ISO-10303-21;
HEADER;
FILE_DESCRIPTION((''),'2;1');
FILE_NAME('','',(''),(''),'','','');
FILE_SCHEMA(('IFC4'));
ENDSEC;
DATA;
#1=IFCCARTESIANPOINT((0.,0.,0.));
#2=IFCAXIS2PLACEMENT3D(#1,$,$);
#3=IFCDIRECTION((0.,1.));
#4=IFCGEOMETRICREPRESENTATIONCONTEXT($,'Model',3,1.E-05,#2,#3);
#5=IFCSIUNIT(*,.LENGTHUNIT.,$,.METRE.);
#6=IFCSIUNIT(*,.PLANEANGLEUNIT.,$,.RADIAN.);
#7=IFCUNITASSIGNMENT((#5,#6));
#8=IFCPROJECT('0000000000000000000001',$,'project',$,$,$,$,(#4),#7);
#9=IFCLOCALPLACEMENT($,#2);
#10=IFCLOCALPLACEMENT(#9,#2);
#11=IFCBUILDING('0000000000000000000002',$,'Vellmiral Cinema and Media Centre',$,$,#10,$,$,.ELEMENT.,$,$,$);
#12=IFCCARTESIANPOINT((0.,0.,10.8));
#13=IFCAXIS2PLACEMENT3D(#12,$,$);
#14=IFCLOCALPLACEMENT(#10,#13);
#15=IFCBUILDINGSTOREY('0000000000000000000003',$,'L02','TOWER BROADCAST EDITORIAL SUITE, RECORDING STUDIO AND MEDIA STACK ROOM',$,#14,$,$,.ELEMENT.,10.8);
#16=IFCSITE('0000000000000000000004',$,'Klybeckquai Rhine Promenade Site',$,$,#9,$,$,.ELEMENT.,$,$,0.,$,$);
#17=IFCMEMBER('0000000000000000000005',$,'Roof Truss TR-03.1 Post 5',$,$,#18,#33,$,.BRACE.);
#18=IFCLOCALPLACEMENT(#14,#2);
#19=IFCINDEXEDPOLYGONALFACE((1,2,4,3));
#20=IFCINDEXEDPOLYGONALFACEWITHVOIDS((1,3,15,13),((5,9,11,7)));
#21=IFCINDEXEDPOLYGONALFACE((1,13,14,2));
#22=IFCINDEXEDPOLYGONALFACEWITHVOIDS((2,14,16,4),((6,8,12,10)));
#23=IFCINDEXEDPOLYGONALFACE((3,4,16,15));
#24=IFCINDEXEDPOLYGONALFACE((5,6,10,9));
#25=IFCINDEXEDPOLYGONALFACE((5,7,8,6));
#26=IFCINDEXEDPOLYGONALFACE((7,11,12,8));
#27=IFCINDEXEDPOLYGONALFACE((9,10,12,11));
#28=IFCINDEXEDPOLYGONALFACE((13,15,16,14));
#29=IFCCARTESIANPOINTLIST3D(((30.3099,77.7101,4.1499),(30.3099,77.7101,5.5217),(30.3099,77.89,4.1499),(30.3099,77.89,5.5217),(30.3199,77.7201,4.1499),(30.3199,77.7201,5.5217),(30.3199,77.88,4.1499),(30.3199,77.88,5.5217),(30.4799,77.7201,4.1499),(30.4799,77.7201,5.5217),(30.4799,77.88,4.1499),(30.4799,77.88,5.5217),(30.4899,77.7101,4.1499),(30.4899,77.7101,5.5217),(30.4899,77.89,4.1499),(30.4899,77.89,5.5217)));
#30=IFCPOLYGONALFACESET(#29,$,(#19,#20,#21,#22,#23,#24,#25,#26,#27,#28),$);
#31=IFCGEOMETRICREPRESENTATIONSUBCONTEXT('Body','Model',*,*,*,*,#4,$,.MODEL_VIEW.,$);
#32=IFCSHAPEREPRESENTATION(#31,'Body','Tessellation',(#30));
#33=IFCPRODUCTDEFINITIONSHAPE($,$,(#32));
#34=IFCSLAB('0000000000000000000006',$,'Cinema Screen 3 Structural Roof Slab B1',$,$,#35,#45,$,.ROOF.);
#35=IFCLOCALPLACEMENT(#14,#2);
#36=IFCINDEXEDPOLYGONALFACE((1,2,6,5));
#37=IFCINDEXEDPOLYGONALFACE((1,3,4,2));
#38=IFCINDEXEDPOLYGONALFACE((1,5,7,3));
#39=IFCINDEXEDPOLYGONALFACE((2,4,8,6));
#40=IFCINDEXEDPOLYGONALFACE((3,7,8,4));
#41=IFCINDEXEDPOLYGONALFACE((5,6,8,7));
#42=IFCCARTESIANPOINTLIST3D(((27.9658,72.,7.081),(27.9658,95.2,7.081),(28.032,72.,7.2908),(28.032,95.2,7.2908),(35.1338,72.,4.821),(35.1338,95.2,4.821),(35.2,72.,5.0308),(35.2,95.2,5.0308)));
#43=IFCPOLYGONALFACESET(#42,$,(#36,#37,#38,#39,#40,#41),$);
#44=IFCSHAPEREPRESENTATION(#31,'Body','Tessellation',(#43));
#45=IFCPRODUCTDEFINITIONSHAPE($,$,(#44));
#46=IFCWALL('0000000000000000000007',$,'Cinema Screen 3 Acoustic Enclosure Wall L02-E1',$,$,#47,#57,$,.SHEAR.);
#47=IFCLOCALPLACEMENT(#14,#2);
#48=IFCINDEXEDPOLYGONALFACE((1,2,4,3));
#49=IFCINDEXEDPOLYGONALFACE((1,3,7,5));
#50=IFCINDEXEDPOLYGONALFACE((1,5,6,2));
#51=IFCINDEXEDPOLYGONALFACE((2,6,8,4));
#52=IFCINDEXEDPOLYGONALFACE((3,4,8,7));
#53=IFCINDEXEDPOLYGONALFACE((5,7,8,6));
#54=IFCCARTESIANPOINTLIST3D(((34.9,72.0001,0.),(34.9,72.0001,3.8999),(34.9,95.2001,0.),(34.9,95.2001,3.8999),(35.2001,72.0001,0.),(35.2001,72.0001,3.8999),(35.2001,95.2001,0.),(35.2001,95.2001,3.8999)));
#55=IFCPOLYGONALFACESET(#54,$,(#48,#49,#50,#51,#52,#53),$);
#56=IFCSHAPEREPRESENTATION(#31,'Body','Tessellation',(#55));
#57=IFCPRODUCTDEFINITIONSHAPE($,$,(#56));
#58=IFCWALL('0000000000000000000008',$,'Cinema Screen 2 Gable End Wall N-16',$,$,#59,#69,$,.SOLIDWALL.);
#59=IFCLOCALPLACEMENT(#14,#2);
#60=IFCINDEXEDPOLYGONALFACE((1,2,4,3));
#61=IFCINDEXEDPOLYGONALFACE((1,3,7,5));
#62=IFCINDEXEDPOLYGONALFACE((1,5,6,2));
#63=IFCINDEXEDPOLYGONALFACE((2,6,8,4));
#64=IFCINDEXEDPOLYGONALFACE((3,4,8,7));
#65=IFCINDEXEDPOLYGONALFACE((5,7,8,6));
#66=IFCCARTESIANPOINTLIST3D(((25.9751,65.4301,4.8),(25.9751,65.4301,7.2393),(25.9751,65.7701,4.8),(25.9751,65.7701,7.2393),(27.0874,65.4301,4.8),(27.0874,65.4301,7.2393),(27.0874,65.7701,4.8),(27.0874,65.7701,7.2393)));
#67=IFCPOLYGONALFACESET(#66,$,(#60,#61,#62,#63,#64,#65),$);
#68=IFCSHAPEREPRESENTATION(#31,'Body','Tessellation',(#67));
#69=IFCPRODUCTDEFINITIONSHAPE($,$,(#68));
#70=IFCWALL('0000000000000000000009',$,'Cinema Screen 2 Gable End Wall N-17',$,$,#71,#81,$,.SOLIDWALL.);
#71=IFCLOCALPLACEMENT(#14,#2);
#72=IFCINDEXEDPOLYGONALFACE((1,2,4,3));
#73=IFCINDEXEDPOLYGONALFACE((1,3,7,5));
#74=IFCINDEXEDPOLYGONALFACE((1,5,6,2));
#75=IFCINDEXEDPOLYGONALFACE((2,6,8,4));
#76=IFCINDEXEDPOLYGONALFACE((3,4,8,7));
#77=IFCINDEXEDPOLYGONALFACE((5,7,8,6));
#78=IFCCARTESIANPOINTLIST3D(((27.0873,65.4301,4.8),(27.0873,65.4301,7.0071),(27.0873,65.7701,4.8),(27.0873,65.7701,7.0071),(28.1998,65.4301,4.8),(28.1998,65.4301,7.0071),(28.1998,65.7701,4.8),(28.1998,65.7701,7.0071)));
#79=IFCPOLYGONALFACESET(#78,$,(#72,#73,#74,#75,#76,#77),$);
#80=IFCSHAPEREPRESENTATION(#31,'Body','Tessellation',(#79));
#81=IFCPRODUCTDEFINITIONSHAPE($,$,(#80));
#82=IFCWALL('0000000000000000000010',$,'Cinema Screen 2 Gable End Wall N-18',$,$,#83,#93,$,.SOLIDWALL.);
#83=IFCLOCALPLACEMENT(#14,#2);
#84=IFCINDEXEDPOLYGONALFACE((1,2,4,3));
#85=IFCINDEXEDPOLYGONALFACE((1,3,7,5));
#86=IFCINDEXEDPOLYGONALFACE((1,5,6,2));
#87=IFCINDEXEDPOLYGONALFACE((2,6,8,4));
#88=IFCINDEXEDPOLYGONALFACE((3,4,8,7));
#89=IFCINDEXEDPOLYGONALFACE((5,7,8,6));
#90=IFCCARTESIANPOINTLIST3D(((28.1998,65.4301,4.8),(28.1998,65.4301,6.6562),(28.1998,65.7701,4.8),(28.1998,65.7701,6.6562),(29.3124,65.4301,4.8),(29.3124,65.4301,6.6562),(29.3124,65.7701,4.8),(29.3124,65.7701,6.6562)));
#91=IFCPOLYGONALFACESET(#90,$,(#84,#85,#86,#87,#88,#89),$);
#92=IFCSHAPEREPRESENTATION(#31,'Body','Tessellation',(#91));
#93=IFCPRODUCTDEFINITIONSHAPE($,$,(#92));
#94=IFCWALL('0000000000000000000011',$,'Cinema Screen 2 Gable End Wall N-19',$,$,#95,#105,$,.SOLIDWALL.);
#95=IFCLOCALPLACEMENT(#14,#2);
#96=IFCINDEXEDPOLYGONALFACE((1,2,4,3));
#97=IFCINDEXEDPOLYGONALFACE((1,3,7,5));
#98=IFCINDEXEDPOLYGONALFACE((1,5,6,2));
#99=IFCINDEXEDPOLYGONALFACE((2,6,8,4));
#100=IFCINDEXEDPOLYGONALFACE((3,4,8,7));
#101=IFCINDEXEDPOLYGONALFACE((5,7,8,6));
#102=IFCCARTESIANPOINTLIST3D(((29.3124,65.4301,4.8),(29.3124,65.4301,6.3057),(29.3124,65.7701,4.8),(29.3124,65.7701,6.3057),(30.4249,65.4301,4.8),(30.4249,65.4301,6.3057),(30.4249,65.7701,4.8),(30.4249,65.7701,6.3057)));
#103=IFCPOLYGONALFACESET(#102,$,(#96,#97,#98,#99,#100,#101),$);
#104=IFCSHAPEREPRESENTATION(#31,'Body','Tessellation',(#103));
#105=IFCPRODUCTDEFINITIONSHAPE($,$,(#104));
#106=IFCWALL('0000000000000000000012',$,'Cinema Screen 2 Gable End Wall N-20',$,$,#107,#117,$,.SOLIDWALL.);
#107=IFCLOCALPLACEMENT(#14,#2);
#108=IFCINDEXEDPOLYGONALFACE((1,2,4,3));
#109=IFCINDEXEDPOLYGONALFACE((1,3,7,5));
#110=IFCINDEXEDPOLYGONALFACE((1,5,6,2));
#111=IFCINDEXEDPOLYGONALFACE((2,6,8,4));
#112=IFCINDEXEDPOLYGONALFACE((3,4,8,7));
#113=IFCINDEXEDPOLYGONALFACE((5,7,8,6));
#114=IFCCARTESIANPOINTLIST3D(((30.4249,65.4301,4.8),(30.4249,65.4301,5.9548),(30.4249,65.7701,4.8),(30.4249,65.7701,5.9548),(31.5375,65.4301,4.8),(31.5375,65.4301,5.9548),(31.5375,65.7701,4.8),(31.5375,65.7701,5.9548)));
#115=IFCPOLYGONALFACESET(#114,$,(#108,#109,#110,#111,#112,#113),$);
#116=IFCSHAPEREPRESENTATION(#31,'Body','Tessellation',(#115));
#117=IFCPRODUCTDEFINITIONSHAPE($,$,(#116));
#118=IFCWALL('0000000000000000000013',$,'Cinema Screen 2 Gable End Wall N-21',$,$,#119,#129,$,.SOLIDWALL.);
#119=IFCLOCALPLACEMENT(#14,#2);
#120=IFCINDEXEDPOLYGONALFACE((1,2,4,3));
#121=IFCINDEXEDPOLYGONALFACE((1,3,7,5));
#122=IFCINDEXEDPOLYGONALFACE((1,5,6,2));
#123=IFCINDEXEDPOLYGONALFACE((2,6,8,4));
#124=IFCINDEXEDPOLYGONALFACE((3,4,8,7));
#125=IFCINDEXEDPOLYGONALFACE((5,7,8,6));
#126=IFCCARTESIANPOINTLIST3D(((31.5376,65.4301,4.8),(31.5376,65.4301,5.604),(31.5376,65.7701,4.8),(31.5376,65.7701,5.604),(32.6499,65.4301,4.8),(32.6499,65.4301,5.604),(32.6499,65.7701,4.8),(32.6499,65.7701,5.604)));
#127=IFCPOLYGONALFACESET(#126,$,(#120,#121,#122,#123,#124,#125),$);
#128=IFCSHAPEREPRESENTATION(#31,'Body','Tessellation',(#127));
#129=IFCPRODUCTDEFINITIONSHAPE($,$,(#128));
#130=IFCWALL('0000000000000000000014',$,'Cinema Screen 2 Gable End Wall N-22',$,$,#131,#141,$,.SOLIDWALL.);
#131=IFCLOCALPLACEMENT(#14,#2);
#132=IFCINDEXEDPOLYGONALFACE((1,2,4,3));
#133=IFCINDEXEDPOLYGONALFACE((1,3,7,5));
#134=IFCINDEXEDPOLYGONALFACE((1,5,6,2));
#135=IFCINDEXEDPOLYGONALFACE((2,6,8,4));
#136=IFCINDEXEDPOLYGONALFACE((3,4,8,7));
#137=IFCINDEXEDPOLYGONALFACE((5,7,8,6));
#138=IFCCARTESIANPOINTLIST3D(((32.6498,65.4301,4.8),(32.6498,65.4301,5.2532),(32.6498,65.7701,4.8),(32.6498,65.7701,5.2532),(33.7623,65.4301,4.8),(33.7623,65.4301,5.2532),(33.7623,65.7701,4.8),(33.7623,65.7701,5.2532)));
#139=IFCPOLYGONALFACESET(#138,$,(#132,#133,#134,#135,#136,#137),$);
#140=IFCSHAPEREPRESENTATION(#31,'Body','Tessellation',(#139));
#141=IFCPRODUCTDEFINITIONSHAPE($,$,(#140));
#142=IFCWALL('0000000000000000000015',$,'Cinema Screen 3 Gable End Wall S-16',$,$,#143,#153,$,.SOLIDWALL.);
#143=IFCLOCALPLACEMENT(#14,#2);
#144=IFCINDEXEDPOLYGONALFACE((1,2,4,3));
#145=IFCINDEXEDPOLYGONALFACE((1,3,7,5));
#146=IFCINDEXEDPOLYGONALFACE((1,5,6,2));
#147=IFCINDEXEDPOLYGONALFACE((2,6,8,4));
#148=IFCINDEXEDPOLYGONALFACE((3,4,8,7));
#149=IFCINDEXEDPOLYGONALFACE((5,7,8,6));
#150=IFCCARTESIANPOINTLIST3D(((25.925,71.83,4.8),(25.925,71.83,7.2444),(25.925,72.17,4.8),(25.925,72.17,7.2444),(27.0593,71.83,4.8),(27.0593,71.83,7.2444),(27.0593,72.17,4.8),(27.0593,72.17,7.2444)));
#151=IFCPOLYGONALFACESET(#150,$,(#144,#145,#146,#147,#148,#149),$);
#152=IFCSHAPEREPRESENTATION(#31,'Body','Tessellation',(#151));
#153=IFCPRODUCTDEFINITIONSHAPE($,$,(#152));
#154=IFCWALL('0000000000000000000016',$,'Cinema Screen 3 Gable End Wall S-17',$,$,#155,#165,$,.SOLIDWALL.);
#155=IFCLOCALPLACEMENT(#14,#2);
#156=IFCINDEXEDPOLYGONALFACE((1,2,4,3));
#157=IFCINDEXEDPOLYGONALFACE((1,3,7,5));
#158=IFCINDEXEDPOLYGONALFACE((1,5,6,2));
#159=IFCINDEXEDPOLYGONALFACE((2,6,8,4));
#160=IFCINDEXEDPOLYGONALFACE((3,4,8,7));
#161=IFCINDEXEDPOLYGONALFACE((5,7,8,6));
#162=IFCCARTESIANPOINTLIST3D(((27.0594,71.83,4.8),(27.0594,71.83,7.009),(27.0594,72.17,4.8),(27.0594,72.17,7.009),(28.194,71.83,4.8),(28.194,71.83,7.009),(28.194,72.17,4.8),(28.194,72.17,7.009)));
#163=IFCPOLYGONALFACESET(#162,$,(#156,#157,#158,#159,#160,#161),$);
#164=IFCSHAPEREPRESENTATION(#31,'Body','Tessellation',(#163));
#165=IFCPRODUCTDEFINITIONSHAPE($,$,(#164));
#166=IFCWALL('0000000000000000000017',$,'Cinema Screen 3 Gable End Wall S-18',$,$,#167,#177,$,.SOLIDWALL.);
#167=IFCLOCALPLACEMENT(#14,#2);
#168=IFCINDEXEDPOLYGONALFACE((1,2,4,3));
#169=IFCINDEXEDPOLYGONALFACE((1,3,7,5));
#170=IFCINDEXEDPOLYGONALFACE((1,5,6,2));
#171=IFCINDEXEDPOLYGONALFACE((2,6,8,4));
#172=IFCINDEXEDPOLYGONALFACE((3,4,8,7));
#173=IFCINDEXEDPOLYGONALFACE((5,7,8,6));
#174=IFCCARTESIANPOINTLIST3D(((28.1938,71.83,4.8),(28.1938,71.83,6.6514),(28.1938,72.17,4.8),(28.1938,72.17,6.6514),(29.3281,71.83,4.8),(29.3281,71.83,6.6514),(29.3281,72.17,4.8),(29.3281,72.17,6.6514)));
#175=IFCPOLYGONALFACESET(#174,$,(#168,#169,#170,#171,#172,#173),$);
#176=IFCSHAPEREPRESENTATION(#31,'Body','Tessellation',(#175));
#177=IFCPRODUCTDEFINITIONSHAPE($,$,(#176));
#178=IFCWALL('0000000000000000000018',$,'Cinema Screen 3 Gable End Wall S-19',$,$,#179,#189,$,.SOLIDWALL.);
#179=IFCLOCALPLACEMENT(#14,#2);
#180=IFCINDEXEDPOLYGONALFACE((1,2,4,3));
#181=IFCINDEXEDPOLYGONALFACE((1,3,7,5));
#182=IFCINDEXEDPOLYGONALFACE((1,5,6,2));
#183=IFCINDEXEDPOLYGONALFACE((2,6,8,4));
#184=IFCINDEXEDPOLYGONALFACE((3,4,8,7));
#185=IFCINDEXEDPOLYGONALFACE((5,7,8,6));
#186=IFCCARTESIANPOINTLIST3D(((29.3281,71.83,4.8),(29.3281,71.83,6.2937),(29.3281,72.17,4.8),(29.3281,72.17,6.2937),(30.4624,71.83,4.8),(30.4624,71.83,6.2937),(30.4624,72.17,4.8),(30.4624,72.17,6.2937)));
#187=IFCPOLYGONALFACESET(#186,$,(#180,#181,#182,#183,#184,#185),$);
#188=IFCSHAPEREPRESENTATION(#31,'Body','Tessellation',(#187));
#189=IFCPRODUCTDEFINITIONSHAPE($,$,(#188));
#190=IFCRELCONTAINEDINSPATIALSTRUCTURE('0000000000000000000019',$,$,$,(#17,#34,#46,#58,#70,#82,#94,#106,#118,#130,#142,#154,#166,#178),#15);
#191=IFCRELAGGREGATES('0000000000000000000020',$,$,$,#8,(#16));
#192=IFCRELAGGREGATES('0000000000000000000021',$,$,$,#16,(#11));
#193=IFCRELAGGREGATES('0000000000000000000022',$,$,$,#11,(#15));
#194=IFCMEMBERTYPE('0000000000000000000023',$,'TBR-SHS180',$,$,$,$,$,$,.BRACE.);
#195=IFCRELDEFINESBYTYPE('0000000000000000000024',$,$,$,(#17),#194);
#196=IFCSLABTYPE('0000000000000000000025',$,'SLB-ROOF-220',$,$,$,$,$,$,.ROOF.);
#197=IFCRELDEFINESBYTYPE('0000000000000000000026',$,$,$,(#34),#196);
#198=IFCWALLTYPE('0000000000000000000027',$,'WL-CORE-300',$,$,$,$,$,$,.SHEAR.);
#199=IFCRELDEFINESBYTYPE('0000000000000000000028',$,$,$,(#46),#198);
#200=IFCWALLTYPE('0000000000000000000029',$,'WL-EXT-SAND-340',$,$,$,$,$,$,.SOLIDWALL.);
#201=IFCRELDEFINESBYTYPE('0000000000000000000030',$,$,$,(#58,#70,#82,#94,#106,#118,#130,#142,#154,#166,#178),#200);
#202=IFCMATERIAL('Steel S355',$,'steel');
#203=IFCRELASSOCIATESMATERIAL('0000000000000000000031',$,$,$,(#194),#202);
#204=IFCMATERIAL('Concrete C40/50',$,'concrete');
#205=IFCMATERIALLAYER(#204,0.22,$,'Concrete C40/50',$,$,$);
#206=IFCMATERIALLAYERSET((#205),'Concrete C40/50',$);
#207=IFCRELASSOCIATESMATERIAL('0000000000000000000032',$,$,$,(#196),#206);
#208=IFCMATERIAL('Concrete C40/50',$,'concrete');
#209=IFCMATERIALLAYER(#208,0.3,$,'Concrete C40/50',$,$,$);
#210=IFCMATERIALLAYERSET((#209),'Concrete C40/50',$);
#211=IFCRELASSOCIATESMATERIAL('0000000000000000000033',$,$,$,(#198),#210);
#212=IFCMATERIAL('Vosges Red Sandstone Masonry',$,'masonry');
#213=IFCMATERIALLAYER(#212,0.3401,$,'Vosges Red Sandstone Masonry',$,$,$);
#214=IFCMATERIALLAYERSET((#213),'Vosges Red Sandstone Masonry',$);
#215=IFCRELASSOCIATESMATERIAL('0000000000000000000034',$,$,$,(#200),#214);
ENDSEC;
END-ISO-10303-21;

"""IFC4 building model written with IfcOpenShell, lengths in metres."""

from ifc_helpers import new_model, si_unit, direction, frame, frame_2d, origin, origin_2d, place, context, subcontext, project, spatial, polyline, rectangle, hollow_rectangle, outline, extrude, material, layer, layer_set, material_profile, profile_set, type_object, element, save


model = new_model("IFC4")

# Units and contexts
model_context = context("Model", 3, precision=1e-05, world=origin(), true_north=direction((0.0, 1.0)))
body_context = subcontext(model_context, "Body", "Model", "MODEL_VIEW")
ifc_project = project(units=[si_unit("LENGTHUNIT", "METRE"), si_unit("PLANEANGLEUNIT", "RADIAN")], contexts=[model_context])

# Site, building, storey
site_placement = place(None, origin())
site = spatial("IfcSite", under=ifc_project, at=site_placement, Name="Klybeckquai Rhine Promenade Site", CompositionType="ELEMENT", RefElevation=0.0)
building_placement = place(site_placement, origin())
building = spatial("IfcBuilding", under=site, at=building_placement, Name="Vellmiral Cinema and Media Centre", CompositionType="ELEMENT")
storey_placement = place(building_placement, frame((0.0, 0.0, 10.8)))
storey = spatial("IfcBuildingStorey", under=building, at=storey_placement, Name="L02", Description="TOWER BROADCAST EDITORIAL SUITE, RECORDING STUDIO AND MEDIA STACK ROOM", CompositionType="ELEMENT", Elevation=10.8)

# Member
ifc_material_1 = material(Name="Steel S355", Category="steel")
ifc_material_profile_1 = material_profile(ifc_material_1, hollow_rectangle(XDim=0.1799, YDim=0.1799, WallThickness=0.01, at=origin_2d()), Name="SHS 180x180x10.0")
ifc_profile_set_1 = profile_set([ifc_material_profile_1], Name="Steel S355")
member_type_1 = type_object("IfcMemberType", Name="TBR-SHS180", PredefinedType="BRACE", material=ifc_profile_set_1)
member_1_placement = place(storey_placement, frame((30.3999, 77.8, 4.1499), z_axis=(0.0, 0.0, 1.0), x_axis=(1.0, 0.0, 0.0)))
element("IfcMember", 1, at=member_1_placement, inside=storey, type_object=member_type_1, Name="Roof Truss TR-03.1 Post 5", PredefinedType="BRACE", context=body_context, shape_type="SweptSolid", body=[
    extrude(hollow_rectangle(XDim=0.1799, YDim=0.1799, WallThickness=0.01, at=origin_2d()), origin(), (0.0, 0.0, 1.0), 1.3718),
])

# Slab
ifc_material_2 = material(Name="Concrete C40/50", Category="concrete")
ifc_layer_1 = layer(ifc_material_2, 0.22, Name="Concrete C40/50")
ifc_layer_set_1 = layer_set([ifc_layer_1], Name="Concrete C40/50")
slab_type = type_object("IfcSlabType", Name="SLB-ROOF-220", PredefinedType="ROOF", material=ifc_layer_set_1)
slab_placement = place(storey_placement, frame((28.032, 72.0, 7.2908), z_axis=(0.300701, 0.0, 0.953719), x_axis=(0.953719, 0.0, -0.300701)))
element("IfcSlab", 2, at=slab_placement, inside=storey, type_object=slab_type, Name="Cinema Screen 3 Structural Roof Slab B1", PredefinedType="ROOF", context=body_context, shape_type="SweptSolid", body=[
    extrude(outline(polyline([(0.0, 0.0), (7.5158, 0.0), (7.5158, 23.2), (0.0, 23.2), (0.0, 0.0)])), origin(), (0.0, 0.0, -1.0), 0.22),
])

# Walls
ifc_material_3 = material(Name="Concrete C40/50", Category="concrete")
ifc_layer_2 = layer(ifc_material_3, 0.3, Name="Concrete C40/50")
ifc_layer_set_2 = layer_set([ifc_layer_2], Name="Concrete C40/50")
wall_type_1 = type_object("IfcWallType", Name="WL-CORE-300", PredefinedType="SHEAR", material=ifc_layer_set_2)
wall_1_placement = place(storey_placement, frame((35.05, 72.0, 0.0), z_axis=(0.0, 0.0, 1.0), x_axis=(0.0, 1.0, 0.0)))
element("IfcWall", 3, at=wall_1_placement, inside=storey, type_object=wall_type_1, Name="Cinema Screen 3 Acoustic Enclosure Wall L02-E1", PredefinedType="SHEAR", context=body_context, shape_type="SweptSolid", body=[
    extrude(rectangle(XDim=23.2, YDim=0.3, at=frame_2d((11.6001, 0.0))), origin(), (0.0, 0.0, 1.0), 3.8999),
])
ifc_material_4 = material(Name="Vosges Red Sandstone Masonry", Category="masonry")
ifc_layer_3 = layer(ifc_material_4, 0.3401, Name="Vosges Red Sandstone Masonry")
ifc_layer_set_3 = layer_set([ifc_layer_3], Name="Vosges Red Sandstone Masonry")
wall_type_2 = type_object("IfcWallType", Name="WL-EXT-SAND-340", PredefinedType="SOLIDWALL", material=ifc_layer_set_3)
wall_2_placement = place(storey_placement, frame((25.9751, 65.6001, 4.8), z_axis=(0.0, 0.0, 1.0), x_axis=(1.0, 0.0, 0.0)))
element("IfcWall", 4, at=wall_2_placement, inside=storey, type_object=wall_type_2, Name="Cinema Screen 2 Gable End Wall N-16", PredefinedType="SOLIDWALL", context=body_context, shape_type="SweptSolid", body=[
    extrude(rectangle(XDim=1.1123, YDim=0.3401, at=frame_2d((0.5562, 0.0))), origin(), (0.0, 0.0, 1.0), 2.4392),
])
wall_3_placement = place(storey_placement, frame((27.0874, 65.6001, 4.8), z_axis=(0.0, 0.0, 1.0), x_axis=(1.0, 0.0, 0.0)))
element("IfcWall", 5, at=wall_3_placement, inside=storey, type_object=wall_type_2, Name="Cinema Screen 2 Gable End Wall N-17", PredefinedType="SOLIDWALL", context=body_context, shape_type="SweptSolid", body=[
    extrude(rectangle(XDim=1.1125, YDim=0.3401, at=frame_2d((0.5562, 0.0))), origin(), (0.0, 0.0, 1.0), 2.207),
])
wall_4_placement = place(storey_placement, frame((28.2, 65.6001, 4.8), z_axis=(0.0, 0.0, 1.0), x_axis=(1.0, 0.0, 0.0)))
element("IfcWall", 6, at=wall_4_placement, inside=storey, type_object=wall_type_2, Name="Cinema Screen 2 Gable End Wall N-18", PredefinedType="SOLIDWALL", context=body_context, shape_type="SweptSolid", body=[
    extrude(rectangle(XDim=1.1125, YDim=0.3401, at=frame_2d((0.5562, 0.0))), origin(), (0.0, 0.0, 1.0), 1.8562),
])
wall_5_placement = place(storey_placement, frame((29.3125, 65.6001, 4.8), z_axis=(0.0, 0.0, 1.0), x_axis=(1.0, 0.0, 0.0)))
element("IfcWall", 7, at=wall_5_placement, inside=storey, type_object=wall_type_2, Name="Cinema Screen 2 Gable End Wall N-19", PredefinedType="SOLIDWALL", context=body_context, shape_type="SweptSolid", body=[
    extrude(rectangle(XDim=1.1125, YDim=0.3401, at=frame_2d((0.5562, 0.0))), origin(), (0.0, 0.0, 1.0), 1.5056),
])
wall_6_placement = place(storey_placement, frame((30.425, 65.6001, 4.8), z_axis=(0.0, 0.0, 1.0), x_axis=(1.0, 0.0, 0.0)))
element("IfcWall", 8, at=wall_6_placement, inside=storey, type_object=wall_type_2, Name="Cinema Screen 2 Gable End Wall N-20", PredefinedType="SOLIDWALL", context=body_context, shape_type="SweptSolid", body=[
    extrude(rectangle(XDim=1.1125, YDim=0.3401, at=frame_2d((0.5562, 0.0))), origin(), (0.0, 0.0, 1.0), 1.1548),
])
wall_7_placement = place(storey_placement, frame((31.5376, 65.6001, 4.8), z_axis=(0.0, 0.0, 1.0), x_axis=(1.0, 0.0, 0.0)))
element("IfcWall", 9, at=wall_7_placement, inside=storey, type_object=wall_type_2, Name="Cinema Screen 2 Gable End Wall N-21", PredefinedType="SOLIDWALL", context=body_context, shape_type="SweptSolid", body=[
    extrude(rectangle(XDim=1.1123, YDim=0.3401, at=frame_2d((0.5562, 0.0))), origin(), (0.0, 0.0, 1.0), 0.804),
])
wall_8_placement = place(storey_placement, frame((32.6499, 65.6001, 4.8), z_axis=(0.0, 0.0, 1.0), x_axis=(1.0, 0.0, 0.0)))
element("IfcWall", 10, at=wall_8_placement, inside=storey, type_object=wall_type_2, Name="Cinema Screen 2 Gable End Wall N-22", PredefinedType="SOLIDWALL", context=body_context, shape_type="SweptSolid", body=[
    extrude(rectangle(XDim=1.1125, YDim=0.3401, at=frame_2d((0.5562, 0.0))), origin(), (0.0, 0.0, 1.0), 0.4531),
])
wall_9_placement = place(storey_placement, frame((25.925, 72.0, 4.8), z_axis=(0.0, 0.0, 1.0), x_axis=(1.0, 0.0, 0.0)))
element("IfcWall", 11, at=wall_9_placement, inside=storey, type_object=wall_type_2, Name="Cinema Screen 3 Gable End Wall S-16", PredefinedType="SOLIDWALL", context=body_context, shape_type="SweptSolid", body=[
    extrude(rectangle(XDim=1.1343, YDim=0.3401, at=frame_2d((0.5671, 0.0))), origin(), (0.0, 0.0, 1.0), 2.4443),
])
wall_10_placement = place(storey_placement, frame((27.0593, 72.0, 4.8), z_axis=(0.0, 0.0, 1.0), x_axis=(1.0, 0.0, 0.0)))
element("IfcWall", 12, at=wall_10_placement, inside=storey, type_object=wall_type_2, Name="Cinema Screen 3 Gable End Wall S-17", PredefinedType="SOLIDWALL", context=body_context, shape_type="SweptSolid", body=[
    extrude(rectangle(XDim=1.1345, YDim=0.3401, at=frame_2d((0.5674, 0.0))), origin(), (0.0, 0.0, 1.0), 2.209),
])
wall_11_placement = place(storey_placement, frame((28.1938, 72.0, 4.8), z_axis=(0.0, 0.0, 1.0), x_axis=(1.0, 0.0, 0.0)))
element("IfcWall", 13, at=wall_11_placement, inside=storey, type_object=wall_type_2, Name="Cinema Screen 3 Gable End Wall S-18", PredefinedType="SOLIDWALL", context=body_context, shape_type="SweptSolid", body=[
    extrude(rectangle(XDim=1.1343, YDim=0.3401, at=frame_2d((0.5671, 0.0))), origin(), (0.0, 0.0, 1.0), 1.8513),
])
wall_12_placement = place(storey_placement, frame((29.3281, 72.0, 4.8), z_axis=(0.0, 0.0, 1.0), x_axis=(1.0, 0.0, 0.0)))
element("IfcWall", 14, at=wall_12_placement, inside=storey, type_object=wall_type_2, Name="Cinema Screen 3 Gable End Wall S-19", PredefinedType="SOLIDWALL", context=body_context, shape_type="SweptSolid", body=[
    extrude(rectangle(XDim=1.1343, YDim=0.3401, at=frame_2d((0.5671, 0.0))), origin(), (0.0, 0.0, 1.0), 1.4937),
])

save(model, "model.ifc")
